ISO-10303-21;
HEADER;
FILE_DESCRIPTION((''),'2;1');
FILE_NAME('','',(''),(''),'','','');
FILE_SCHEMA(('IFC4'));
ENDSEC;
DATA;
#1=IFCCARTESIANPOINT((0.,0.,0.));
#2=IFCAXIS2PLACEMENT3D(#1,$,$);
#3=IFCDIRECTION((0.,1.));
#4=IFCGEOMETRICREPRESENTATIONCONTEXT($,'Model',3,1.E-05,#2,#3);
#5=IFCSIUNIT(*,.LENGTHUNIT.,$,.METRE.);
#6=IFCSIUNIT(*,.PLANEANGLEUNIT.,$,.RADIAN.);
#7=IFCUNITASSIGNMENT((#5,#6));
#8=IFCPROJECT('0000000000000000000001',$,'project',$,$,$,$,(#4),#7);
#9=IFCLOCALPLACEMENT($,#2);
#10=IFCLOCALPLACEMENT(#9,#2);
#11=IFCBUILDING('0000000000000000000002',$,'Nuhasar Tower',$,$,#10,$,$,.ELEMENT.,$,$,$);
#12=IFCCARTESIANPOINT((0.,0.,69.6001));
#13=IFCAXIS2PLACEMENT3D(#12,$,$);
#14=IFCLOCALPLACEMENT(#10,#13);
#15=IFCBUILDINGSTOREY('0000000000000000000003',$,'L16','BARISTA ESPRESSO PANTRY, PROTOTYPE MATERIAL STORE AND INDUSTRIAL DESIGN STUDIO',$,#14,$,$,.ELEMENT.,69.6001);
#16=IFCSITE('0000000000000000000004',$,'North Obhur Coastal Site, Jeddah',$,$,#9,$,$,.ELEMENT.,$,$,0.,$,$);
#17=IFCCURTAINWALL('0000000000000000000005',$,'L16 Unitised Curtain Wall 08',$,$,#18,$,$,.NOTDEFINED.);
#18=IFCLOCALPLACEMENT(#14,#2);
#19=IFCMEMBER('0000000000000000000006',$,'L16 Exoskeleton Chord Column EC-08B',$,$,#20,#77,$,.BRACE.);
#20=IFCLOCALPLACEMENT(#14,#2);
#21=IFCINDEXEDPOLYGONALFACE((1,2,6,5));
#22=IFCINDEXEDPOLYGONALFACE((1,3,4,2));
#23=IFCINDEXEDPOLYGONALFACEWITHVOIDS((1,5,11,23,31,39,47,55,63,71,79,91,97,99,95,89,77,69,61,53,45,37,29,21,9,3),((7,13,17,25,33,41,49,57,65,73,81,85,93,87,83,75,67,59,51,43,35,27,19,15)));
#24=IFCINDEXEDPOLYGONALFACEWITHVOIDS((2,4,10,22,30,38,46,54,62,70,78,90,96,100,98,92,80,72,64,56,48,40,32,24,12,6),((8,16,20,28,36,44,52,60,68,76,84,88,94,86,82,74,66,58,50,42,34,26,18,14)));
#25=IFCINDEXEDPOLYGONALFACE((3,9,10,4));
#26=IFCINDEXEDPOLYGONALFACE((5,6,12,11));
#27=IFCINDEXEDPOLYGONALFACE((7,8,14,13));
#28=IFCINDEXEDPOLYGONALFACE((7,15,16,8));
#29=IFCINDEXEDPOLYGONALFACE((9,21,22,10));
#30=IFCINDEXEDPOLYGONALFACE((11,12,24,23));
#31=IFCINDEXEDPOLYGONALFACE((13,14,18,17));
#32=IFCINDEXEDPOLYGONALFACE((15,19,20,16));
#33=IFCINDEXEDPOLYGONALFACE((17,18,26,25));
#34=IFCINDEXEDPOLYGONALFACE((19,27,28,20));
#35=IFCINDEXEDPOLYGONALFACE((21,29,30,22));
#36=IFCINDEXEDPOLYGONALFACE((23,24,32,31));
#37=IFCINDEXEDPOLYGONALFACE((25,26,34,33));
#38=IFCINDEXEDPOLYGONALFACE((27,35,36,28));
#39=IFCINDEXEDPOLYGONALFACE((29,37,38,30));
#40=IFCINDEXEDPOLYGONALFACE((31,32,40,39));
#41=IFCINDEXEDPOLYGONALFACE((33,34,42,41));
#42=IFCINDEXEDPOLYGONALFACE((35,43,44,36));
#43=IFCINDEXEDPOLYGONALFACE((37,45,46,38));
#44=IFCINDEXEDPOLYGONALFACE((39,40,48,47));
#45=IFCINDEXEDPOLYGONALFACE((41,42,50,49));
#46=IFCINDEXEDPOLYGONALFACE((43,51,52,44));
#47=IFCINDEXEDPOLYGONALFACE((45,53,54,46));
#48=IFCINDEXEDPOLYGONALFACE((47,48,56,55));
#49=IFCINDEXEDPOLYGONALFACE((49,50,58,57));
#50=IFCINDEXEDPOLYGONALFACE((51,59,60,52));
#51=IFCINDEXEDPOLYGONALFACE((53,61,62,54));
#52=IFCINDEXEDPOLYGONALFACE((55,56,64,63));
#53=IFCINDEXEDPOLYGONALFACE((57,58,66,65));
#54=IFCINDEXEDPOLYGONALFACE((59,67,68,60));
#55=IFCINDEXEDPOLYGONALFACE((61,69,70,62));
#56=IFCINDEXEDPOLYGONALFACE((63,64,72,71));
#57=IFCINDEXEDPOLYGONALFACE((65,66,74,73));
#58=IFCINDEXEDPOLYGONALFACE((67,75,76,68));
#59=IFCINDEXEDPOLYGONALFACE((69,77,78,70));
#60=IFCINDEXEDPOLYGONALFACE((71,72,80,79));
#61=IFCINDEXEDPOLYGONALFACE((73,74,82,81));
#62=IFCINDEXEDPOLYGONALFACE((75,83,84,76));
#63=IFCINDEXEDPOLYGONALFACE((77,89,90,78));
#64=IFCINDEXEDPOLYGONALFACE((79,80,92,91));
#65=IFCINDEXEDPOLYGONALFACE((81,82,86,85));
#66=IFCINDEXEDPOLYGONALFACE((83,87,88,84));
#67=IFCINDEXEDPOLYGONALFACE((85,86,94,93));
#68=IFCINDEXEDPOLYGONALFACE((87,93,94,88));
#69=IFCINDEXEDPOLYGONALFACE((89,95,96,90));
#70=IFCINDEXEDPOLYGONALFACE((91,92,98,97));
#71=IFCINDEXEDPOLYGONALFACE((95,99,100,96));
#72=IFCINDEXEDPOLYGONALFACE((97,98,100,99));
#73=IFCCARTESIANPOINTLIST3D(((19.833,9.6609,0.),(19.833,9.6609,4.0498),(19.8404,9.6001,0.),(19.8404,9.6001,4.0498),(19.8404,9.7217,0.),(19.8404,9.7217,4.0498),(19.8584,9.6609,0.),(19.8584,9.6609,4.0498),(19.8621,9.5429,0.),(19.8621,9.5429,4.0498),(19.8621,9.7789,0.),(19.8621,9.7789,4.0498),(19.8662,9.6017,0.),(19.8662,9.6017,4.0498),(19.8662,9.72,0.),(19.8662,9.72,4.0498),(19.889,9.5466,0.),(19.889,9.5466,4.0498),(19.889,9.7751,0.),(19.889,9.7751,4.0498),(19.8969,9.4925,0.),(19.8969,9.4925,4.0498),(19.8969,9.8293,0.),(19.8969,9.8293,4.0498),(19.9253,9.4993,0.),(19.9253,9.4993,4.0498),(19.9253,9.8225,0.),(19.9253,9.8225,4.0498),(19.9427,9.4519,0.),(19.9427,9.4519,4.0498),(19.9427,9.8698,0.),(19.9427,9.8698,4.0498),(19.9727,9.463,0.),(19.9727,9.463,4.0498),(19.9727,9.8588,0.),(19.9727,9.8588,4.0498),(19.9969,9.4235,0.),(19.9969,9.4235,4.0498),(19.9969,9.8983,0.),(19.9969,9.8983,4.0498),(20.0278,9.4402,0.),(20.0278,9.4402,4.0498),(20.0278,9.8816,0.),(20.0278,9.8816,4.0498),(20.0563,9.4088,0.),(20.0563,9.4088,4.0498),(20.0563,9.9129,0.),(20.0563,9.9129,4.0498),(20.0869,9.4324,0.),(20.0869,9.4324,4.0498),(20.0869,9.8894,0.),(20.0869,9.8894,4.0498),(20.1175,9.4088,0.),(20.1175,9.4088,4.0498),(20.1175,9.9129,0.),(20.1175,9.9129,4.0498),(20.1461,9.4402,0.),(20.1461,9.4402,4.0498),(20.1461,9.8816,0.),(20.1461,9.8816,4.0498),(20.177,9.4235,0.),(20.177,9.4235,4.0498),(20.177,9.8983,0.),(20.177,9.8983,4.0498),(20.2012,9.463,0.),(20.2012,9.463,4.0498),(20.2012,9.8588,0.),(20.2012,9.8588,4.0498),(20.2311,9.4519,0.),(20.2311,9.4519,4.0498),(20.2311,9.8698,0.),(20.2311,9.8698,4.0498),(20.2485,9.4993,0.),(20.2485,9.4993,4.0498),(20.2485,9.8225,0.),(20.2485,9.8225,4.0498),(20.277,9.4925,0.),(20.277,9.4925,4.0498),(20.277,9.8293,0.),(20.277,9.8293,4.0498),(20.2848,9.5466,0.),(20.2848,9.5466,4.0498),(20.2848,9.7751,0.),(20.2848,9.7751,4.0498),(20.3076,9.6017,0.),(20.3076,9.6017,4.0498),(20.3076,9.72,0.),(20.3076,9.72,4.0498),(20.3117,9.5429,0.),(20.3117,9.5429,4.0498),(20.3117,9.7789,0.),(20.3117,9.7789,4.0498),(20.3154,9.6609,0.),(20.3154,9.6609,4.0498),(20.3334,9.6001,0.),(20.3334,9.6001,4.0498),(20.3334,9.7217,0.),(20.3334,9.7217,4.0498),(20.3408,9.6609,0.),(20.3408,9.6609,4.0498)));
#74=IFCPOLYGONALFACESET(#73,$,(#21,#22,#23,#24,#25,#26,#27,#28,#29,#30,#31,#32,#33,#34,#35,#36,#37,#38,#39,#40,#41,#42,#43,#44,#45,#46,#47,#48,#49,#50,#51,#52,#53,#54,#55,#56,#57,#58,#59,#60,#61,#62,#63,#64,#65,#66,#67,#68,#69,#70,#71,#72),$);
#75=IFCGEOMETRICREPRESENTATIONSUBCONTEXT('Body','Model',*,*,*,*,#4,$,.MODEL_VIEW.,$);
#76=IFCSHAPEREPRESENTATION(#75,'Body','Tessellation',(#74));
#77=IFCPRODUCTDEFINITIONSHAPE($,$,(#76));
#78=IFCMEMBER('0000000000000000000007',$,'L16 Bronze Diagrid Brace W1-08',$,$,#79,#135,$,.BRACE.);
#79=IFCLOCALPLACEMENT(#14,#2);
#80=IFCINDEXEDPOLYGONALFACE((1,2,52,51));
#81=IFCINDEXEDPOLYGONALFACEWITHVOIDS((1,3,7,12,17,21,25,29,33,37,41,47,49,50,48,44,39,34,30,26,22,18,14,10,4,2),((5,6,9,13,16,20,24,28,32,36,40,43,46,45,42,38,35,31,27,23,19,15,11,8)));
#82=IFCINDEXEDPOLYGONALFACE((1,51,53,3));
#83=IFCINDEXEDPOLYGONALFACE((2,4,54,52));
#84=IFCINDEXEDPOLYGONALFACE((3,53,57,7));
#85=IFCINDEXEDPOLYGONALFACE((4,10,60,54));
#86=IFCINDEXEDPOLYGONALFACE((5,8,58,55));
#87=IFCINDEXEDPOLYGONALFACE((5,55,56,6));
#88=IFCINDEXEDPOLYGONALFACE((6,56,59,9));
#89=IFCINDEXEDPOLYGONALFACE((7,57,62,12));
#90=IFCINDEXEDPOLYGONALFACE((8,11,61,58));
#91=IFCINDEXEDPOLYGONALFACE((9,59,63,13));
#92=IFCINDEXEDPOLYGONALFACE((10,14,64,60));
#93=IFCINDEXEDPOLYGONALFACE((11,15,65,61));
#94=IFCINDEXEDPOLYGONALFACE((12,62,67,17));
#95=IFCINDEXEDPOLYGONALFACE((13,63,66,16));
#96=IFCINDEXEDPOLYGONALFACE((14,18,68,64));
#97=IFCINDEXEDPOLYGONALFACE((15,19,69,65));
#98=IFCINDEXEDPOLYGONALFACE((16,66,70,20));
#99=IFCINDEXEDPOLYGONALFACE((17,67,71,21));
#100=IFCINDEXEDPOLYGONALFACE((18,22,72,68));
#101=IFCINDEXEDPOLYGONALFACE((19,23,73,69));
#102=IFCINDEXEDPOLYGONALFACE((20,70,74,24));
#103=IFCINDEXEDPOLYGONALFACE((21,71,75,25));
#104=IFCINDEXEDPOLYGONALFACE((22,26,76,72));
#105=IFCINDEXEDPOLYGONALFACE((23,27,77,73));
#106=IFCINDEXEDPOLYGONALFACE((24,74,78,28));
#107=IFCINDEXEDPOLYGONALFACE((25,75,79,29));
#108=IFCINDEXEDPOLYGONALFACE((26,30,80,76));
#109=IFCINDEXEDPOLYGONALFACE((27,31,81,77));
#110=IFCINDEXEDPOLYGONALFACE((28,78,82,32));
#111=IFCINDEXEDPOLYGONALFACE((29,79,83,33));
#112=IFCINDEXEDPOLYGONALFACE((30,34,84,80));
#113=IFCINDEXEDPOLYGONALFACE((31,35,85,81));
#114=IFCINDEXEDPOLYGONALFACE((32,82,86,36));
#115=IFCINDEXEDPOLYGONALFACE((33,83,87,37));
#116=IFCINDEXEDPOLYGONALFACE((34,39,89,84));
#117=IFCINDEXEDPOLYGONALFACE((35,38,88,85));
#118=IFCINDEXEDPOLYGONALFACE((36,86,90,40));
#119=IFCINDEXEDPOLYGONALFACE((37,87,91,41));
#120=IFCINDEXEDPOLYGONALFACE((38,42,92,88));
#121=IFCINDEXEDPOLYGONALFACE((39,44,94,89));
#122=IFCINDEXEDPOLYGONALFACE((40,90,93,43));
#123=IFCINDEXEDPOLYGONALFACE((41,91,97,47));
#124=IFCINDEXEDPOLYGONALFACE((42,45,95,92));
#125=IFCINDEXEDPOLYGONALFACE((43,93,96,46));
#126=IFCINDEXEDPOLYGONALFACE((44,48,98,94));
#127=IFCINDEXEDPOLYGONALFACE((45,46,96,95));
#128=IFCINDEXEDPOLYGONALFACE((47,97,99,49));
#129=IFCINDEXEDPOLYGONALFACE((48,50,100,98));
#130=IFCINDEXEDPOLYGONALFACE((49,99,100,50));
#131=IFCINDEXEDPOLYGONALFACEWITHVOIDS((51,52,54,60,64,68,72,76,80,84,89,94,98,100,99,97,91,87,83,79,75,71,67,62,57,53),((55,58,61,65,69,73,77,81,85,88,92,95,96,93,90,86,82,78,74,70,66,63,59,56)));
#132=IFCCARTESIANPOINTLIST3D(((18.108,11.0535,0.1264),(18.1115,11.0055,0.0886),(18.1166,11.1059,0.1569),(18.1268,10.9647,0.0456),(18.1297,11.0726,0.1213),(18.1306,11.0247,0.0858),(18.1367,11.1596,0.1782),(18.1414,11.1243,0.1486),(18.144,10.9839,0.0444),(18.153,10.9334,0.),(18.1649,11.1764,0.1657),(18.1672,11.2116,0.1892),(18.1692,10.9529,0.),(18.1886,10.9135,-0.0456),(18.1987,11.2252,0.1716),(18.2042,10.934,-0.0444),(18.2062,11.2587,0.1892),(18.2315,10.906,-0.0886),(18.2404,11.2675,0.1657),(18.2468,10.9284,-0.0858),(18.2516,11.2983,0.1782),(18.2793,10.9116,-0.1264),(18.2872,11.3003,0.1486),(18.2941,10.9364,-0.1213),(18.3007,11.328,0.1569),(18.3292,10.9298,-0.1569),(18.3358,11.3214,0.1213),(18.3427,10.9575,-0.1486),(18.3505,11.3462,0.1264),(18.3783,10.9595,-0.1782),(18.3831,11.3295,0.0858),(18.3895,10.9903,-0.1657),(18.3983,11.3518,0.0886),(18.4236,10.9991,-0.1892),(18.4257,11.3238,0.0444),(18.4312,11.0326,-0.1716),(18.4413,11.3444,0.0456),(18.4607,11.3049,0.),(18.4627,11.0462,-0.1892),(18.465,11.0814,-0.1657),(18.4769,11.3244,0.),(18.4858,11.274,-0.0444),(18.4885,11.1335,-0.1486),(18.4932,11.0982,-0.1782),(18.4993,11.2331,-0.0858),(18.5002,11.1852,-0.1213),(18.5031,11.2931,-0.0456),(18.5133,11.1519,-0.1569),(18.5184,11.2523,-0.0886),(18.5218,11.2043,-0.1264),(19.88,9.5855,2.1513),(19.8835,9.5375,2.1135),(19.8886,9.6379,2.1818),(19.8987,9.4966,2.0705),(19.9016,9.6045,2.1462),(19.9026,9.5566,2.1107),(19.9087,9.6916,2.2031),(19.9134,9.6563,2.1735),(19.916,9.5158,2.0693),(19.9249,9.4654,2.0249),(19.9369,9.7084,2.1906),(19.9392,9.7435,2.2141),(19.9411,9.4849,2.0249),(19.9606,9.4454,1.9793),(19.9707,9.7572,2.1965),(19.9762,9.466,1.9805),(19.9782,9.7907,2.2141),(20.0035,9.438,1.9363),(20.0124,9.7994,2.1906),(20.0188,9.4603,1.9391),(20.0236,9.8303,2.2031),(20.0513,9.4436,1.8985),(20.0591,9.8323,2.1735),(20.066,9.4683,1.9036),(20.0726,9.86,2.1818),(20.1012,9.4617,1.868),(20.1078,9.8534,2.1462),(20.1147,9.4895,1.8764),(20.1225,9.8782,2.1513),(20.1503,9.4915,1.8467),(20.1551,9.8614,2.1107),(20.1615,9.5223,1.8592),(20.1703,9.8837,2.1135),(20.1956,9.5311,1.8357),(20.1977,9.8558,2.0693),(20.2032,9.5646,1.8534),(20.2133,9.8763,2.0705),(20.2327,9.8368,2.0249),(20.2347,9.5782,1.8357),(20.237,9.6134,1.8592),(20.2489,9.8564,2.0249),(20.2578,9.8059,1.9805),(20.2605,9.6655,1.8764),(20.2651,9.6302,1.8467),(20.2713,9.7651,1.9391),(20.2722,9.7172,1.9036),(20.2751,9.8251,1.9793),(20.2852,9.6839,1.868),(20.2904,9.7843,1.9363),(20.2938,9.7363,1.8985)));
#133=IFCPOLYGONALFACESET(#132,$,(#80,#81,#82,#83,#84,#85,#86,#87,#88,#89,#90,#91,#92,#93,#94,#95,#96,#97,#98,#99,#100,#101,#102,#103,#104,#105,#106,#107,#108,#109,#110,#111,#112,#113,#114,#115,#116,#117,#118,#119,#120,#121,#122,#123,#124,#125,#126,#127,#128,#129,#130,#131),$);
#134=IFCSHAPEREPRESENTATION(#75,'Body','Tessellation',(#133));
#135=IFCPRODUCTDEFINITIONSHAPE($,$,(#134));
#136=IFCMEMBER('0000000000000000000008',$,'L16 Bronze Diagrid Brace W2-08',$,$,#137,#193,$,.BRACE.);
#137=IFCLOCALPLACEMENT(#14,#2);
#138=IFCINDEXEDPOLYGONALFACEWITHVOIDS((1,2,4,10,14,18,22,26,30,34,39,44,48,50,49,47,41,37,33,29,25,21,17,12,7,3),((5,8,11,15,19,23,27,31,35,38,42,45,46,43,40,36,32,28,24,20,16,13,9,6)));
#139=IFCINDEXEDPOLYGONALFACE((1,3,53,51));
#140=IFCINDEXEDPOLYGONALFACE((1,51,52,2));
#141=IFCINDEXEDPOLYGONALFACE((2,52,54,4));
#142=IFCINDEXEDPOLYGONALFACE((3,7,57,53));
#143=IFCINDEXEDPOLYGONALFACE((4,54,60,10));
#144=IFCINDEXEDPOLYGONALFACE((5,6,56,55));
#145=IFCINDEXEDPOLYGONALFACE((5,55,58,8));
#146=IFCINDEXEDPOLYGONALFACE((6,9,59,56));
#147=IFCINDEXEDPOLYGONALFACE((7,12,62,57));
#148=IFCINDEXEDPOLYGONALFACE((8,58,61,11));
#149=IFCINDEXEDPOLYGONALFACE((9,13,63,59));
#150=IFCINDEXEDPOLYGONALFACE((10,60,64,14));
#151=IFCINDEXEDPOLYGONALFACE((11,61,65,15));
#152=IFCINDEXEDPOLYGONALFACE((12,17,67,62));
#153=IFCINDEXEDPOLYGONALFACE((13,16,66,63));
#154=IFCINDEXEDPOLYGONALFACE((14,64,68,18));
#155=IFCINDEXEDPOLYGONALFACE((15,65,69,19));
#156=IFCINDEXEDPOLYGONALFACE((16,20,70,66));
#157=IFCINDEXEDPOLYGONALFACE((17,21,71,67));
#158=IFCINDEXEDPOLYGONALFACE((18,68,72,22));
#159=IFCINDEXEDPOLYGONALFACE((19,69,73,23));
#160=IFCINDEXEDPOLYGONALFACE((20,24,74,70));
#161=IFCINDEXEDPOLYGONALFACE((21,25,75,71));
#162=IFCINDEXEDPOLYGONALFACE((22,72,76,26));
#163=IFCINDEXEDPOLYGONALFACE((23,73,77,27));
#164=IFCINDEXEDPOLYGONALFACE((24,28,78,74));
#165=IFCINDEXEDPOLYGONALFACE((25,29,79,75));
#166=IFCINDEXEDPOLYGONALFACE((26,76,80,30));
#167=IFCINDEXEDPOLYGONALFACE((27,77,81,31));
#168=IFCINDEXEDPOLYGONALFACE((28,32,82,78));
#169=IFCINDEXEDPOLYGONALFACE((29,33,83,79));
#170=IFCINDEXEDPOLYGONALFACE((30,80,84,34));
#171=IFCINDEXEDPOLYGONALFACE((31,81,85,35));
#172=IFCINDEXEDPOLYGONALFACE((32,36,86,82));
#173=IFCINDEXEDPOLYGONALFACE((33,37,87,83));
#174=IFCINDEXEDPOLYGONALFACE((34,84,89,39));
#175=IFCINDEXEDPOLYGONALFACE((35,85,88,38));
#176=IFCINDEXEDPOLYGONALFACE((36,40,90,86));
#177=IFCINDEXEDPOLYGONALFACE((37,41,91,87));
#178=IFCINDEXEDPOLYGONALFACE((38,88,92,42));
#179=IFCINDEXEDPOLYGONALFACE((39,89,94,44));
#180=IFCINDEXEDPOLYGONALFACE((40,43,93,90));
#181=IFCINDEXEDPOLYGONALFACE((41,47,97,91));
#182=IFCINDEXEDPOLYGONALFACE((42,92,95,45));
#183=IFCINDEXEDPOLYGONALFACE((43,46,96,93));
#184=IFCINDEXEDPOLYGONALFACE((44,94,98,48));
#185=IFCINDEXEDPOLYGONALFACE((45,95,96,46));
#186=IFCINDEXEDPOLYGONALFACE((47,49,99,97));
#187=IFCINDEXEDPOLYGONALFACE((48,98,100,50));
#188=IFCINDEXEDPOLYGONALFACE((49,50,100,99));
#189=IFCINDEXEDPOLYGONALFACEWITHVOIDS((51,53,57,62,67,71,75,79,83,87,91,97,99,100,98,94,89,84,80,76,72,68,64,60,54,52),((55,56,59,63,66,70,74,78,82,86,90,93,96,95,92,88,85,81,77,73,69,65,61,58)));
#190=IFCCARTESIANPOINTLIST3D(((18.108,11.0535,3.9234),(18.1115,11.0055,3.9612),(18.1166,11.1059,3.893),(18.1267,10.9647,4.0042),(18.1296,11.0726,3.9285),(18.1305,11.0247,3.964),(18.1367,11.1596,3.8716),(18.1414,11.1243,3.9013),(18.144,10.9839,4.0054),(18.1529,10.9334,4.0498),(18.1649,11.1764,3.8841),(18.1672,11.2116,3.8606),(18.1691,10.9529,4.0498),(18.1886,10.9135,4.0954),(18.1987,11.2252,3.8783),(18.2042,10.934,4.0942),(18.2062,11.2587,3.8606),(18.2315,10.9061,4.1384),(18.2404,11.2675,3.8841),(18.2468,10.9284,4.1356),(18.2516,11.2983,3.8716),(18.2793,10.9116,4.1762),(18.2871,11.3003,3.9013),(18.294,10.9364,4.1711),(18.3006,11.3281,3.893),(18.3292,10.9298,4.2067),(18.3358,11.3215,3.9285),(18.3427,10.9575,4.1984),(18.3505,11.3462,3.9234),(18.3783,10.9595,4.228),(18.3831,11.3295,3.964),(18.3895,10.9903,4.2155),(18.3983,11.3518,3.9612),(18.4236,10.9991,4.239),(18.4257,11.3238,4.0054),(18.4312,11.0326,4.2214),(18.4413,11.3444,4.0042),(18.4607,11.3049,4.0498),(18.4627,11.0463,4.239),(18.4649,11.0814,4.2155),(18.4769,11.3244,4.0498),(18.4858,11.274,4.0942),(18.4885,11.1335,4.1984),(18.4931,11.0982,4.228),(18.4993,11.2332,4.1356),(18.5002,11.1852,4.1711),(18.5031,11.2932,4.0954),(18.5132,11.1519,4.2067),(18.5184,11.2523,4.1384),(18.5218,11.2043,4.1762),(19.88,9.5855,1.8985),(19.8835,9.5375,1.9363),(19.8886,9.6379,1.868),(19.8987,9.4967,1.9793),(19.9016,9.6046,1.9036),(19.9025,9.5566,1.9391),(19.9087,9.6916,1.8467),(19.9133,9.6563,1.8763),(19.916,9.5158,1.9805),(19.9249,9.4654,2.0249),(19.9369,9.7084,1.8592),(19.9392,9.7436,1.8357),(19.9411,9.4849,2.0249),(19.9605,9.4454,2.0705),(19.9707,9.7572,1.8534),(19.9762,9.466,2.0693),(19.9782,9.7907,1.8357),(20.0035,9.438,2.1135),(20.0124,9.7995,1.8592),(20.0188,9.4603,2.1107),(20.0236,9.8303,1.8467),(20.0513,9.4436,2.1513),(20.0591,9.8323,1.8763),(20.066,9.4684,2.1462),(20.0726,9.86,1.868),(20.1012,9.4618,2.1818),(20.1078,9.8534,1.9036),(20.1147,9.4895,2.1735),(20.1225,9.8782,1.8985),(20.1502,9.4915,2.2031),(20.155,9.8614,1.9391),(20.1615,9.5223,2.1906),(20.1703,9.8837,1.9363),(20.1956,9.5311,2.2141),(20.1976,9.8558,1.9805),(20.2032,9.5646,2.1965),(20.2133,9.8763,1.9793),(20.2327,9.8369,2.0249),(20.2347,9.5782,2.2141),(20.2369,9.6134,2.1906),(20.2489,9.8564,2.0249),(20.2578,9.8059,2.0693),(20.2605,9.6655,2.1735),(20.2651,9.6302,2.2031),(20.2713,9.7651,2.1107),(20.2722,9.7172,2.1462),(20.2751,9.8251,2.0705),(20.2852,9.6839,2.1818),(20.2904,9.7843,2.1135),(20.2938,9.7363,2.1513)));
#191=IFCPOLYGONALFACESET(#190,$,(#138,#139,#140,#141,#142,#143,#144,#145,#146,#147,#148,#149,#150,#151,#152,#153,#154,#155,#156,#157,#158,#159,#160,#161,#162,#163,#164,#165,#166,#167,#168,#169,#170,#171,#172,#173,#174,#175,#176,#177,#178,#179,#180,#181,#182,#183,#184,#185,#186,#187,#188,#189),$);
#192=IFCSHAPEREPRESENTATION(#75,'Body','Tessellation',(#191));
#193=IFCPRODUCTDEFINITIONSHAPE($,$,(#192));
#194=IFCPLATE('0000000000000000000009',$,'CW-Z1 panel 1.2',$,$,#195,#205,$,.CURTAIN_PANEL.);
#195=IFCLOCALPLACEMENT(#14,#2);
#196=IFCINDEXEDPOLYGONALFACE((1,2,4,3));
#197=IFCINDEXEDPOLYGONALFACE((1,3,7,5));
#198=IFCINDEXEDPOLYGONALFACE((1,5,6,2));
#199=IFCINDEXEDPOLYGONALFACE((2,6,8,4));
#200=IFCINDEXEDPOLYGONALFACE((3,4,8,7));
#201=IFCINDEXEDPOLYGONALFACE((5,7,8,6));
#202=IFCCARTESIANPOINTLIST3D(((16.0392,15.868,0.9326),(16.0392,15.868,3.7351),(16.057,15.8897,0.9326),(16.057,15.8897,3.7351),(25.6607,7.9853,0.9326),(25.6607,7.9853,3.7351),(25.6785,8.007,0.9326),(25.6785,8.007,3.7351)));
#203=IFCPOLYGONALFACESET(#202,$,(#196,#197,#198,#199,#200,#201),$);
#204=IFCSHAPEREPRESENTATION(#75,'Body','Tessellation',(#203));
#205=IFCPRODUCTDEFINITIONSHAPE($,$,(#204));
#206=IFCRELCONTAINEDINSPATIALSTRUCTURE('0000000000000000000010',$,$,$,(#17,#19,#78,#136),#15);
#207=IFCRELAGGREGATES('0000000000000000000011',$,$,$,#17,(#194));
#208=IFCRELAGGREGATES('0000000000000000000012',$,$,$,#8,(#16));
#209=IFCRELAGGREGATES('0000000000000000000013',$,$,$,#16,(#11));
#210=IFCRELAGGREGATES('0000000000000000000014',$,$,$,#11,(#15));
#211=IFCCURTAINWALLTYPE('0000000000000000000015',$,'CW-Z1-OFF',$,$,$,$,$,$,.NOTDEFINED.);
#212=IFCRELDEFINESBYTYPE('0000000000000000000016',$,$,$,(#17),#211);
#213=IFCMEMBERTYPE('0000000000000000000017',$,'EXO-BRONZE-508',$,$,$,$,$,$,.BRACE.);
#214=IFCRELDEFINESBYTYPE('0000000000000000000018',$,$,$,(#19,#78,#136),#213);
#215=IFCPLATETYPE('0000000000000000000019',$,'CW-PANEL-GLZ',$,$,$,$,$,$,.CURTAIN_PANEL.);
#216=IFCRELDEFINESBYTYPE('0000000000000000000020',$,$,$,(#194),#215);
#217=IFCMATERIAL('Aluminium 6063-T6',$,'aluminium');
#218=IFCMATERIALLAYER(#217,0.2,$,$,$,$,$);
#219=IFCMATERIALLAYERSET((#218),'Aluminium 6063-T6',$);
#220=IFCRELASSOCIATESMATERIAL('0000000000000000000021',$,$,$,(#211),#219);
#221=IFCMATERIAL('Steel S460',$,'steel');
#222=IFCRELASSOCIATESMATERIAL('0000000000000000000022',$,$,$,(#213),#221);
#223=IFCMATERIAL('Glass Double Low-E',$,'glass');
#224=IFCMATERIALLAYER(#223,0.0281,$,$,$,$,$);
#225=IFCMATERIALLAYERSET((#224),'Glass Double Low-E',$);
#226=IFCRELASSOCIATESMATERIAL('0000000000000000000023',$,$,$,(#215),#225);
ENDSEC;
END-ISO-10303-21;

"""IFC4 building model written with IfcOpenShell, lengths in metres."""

from ifc_helpers import new_model, si_unit, direction, frame, origin, origin_2d, place, context, subcontext, project, spatial, rectangle, hollow_circle, extrude, material, layer, layer_set, material_profile, profile_set, type_object, element, aggregate, save


model = new_model("IFC4")

# Units and contexts
model_context = context("Model", 3, precision=1e-05, world=origin(), true_north=direction((0.0, 1.0)))
body_context = subcontext(model_context, "Body", "Model", "MODEL_VIEW")
ifc_project = project(units=[si_unit("LENGTHUNIT", "METRE"), si_unit("PLANEANGLEUNIT", "RADIAN")], contexts=[model_context])

# Site, building, storey
site_placement = place(None, origin())
site = spatial("IfcSite", under=ifc_project, at=site_placement, Name="North Obhur Coastal Site, Jeddah", CompositionType="ELEMENT", RefElevation=0.0)
building_placement = place(site_placement, origin())
building = spatial("IfcBuilding", under=site, at=building_placement, Name="Nuhasar Tower", CompositionType="ELEMENT")
storey_placement = place(building_placement, frame((0.0, 0.0, 69.6001)))
storey = spatial("IfcBuildingStorey", under=building, at=storey_placement, Name="L16", Description="BARISTA ESPRESSO PANTRY, PROTOTYPE MATERIAL STORE AND INDUSTRIAL DESIGN STUDIO", CompositionType="ELEMENT", Elevation=69.6001)

# Curtain wall
ifc_material_1 = material(Name="Aluminium 6063-T6", Category="aluminium")
ifc_layer_1 = layer(ifc_material_1, 0.2)
ifc_layer_set_1 = layer_set([ifc_layer_1], Name="Aluminium 6063-T6")
curtain_wall_type = type_object("IfcCurtainWallType", Name="CW-Z1-OFF", PredefinedType="NOTDEFINED", material=ifc_layer_set_1)
curtain_wall_1_placement = place(storey_placement, origin())
curtain_wall_1 = element("IfcCurtainWall", 1, at=curtain_wall_1_placement, inside=storey, type_object=curtain_wall_type, Name="L16 Unitised Curtain Wall 08", PredefinedType="NOTDEFINED")

# Members
ifc_material_2 = material(Name="Steel S460", Category="steel")
ifc_material_profile_1 = material_profile(ifc_material_2, hollow_circle(Radius=0.2539, WallThickness=0.0254, at=origin_2d()), Name="HSS508X25.4")
ifc_profile_set_1 = profile_set([ifc_material_profile_1], Name="Steel S460")
member_type_1 = type_object("IfcMemberType", Name="EXO-BRONZE-508", PredefinedType="BRACE", material=ifc_profile_set_1)
for number, where, z_axis, x_axis, name in (
    (2, (20.0869, 9.6609, 0.0), (0.0, 0.0, 1.0), (1.0, 0.0, 0.0), "L16 Exoskeleton Chord Column EC-08B"),
):
    element("IfcMember", number, at=place(storey_placement, frame(where, z_axis=z_axis, x_axis=x_axis)), inside=storey, type_object=member_type_1, Name=name, PredefinedType="BRACE", context=body_context, shape_type="SweptSolid", body=[
        extrude(hollow_circle(Radius=0.2539, WallThickness=0.0254, at=origin_2d()), origin(), (0.0, 0.0, 1.0), 4.0498),
    ])
for number, where, z_axis, x_axis, name in (
    (3, (18.3149, 11.1289, 0.0), (0.578102, -0.478937, 0.660619), (0.637969, 0.770062, 0.0), "L16 Bronze Diagrid Brace W1-08"),
    (4, (20.0869, 9.6609, 2.0249), (-0.578102, 0.478937, 0.660619), (-0.637969, -0.770062, 0.0), "L16 Bronze Diagrid Brace W2-08"),
):
    element("IfcMember", number, at=place(storey_placement, frame(where, z_axis=z_axis, x_axis=x_axis)), inside=storey, type_object=member_type_1, Name=name, PredefinedType="BRACE", context=body_context, shape_type="SweptSolid", body=[
        extrude(hollow_circle(Radius=0.2539, WallThickness=0.0254, at=origin_2d()), origin(), (0.0, 0.0, 1.0), 3.0652),
    ])

# Plate
ifc_material_3 = material(Name="Glass Double Low-E", Category="glass")
ifc_layer_2 = layer(ifc_material_3, 0.0281)
ifc_layer_set_2 = layer_set([ifc_layer_2], Name="Glass Double Low-E")
plate_type_1 = type_object("IfcPlateType", Name="CW-PANEL-GLZ", PredefinedType="CURTAIN_PANEL", material=ifc_layer_set_2)
plate_1_placement = place(storey_placement, frame((20.8589, 11.9375, 0.9326), z_axis=(0.0, 0.0, 1.0), x_axis=(0.773542, -0.633745, 0.0)))
plate_1 = element("IfcPlate", 5, at=plate_1_placement, type_object=plate_type_1, Name="CW-Z1 panel 1.2", PredefinedType="CURTAIN_PANEL", context=body_context, shape_type="SweptSolid", body=[
    extrude(rectangle(XDim=12.4382, YDim=0.0281, at=origin_2d()), origin(), (0.0, 0.0, 1.0), 2.8025),
])
aggregate(curtain_wall_1, [plate_1])

save(model, "model.ifc")
